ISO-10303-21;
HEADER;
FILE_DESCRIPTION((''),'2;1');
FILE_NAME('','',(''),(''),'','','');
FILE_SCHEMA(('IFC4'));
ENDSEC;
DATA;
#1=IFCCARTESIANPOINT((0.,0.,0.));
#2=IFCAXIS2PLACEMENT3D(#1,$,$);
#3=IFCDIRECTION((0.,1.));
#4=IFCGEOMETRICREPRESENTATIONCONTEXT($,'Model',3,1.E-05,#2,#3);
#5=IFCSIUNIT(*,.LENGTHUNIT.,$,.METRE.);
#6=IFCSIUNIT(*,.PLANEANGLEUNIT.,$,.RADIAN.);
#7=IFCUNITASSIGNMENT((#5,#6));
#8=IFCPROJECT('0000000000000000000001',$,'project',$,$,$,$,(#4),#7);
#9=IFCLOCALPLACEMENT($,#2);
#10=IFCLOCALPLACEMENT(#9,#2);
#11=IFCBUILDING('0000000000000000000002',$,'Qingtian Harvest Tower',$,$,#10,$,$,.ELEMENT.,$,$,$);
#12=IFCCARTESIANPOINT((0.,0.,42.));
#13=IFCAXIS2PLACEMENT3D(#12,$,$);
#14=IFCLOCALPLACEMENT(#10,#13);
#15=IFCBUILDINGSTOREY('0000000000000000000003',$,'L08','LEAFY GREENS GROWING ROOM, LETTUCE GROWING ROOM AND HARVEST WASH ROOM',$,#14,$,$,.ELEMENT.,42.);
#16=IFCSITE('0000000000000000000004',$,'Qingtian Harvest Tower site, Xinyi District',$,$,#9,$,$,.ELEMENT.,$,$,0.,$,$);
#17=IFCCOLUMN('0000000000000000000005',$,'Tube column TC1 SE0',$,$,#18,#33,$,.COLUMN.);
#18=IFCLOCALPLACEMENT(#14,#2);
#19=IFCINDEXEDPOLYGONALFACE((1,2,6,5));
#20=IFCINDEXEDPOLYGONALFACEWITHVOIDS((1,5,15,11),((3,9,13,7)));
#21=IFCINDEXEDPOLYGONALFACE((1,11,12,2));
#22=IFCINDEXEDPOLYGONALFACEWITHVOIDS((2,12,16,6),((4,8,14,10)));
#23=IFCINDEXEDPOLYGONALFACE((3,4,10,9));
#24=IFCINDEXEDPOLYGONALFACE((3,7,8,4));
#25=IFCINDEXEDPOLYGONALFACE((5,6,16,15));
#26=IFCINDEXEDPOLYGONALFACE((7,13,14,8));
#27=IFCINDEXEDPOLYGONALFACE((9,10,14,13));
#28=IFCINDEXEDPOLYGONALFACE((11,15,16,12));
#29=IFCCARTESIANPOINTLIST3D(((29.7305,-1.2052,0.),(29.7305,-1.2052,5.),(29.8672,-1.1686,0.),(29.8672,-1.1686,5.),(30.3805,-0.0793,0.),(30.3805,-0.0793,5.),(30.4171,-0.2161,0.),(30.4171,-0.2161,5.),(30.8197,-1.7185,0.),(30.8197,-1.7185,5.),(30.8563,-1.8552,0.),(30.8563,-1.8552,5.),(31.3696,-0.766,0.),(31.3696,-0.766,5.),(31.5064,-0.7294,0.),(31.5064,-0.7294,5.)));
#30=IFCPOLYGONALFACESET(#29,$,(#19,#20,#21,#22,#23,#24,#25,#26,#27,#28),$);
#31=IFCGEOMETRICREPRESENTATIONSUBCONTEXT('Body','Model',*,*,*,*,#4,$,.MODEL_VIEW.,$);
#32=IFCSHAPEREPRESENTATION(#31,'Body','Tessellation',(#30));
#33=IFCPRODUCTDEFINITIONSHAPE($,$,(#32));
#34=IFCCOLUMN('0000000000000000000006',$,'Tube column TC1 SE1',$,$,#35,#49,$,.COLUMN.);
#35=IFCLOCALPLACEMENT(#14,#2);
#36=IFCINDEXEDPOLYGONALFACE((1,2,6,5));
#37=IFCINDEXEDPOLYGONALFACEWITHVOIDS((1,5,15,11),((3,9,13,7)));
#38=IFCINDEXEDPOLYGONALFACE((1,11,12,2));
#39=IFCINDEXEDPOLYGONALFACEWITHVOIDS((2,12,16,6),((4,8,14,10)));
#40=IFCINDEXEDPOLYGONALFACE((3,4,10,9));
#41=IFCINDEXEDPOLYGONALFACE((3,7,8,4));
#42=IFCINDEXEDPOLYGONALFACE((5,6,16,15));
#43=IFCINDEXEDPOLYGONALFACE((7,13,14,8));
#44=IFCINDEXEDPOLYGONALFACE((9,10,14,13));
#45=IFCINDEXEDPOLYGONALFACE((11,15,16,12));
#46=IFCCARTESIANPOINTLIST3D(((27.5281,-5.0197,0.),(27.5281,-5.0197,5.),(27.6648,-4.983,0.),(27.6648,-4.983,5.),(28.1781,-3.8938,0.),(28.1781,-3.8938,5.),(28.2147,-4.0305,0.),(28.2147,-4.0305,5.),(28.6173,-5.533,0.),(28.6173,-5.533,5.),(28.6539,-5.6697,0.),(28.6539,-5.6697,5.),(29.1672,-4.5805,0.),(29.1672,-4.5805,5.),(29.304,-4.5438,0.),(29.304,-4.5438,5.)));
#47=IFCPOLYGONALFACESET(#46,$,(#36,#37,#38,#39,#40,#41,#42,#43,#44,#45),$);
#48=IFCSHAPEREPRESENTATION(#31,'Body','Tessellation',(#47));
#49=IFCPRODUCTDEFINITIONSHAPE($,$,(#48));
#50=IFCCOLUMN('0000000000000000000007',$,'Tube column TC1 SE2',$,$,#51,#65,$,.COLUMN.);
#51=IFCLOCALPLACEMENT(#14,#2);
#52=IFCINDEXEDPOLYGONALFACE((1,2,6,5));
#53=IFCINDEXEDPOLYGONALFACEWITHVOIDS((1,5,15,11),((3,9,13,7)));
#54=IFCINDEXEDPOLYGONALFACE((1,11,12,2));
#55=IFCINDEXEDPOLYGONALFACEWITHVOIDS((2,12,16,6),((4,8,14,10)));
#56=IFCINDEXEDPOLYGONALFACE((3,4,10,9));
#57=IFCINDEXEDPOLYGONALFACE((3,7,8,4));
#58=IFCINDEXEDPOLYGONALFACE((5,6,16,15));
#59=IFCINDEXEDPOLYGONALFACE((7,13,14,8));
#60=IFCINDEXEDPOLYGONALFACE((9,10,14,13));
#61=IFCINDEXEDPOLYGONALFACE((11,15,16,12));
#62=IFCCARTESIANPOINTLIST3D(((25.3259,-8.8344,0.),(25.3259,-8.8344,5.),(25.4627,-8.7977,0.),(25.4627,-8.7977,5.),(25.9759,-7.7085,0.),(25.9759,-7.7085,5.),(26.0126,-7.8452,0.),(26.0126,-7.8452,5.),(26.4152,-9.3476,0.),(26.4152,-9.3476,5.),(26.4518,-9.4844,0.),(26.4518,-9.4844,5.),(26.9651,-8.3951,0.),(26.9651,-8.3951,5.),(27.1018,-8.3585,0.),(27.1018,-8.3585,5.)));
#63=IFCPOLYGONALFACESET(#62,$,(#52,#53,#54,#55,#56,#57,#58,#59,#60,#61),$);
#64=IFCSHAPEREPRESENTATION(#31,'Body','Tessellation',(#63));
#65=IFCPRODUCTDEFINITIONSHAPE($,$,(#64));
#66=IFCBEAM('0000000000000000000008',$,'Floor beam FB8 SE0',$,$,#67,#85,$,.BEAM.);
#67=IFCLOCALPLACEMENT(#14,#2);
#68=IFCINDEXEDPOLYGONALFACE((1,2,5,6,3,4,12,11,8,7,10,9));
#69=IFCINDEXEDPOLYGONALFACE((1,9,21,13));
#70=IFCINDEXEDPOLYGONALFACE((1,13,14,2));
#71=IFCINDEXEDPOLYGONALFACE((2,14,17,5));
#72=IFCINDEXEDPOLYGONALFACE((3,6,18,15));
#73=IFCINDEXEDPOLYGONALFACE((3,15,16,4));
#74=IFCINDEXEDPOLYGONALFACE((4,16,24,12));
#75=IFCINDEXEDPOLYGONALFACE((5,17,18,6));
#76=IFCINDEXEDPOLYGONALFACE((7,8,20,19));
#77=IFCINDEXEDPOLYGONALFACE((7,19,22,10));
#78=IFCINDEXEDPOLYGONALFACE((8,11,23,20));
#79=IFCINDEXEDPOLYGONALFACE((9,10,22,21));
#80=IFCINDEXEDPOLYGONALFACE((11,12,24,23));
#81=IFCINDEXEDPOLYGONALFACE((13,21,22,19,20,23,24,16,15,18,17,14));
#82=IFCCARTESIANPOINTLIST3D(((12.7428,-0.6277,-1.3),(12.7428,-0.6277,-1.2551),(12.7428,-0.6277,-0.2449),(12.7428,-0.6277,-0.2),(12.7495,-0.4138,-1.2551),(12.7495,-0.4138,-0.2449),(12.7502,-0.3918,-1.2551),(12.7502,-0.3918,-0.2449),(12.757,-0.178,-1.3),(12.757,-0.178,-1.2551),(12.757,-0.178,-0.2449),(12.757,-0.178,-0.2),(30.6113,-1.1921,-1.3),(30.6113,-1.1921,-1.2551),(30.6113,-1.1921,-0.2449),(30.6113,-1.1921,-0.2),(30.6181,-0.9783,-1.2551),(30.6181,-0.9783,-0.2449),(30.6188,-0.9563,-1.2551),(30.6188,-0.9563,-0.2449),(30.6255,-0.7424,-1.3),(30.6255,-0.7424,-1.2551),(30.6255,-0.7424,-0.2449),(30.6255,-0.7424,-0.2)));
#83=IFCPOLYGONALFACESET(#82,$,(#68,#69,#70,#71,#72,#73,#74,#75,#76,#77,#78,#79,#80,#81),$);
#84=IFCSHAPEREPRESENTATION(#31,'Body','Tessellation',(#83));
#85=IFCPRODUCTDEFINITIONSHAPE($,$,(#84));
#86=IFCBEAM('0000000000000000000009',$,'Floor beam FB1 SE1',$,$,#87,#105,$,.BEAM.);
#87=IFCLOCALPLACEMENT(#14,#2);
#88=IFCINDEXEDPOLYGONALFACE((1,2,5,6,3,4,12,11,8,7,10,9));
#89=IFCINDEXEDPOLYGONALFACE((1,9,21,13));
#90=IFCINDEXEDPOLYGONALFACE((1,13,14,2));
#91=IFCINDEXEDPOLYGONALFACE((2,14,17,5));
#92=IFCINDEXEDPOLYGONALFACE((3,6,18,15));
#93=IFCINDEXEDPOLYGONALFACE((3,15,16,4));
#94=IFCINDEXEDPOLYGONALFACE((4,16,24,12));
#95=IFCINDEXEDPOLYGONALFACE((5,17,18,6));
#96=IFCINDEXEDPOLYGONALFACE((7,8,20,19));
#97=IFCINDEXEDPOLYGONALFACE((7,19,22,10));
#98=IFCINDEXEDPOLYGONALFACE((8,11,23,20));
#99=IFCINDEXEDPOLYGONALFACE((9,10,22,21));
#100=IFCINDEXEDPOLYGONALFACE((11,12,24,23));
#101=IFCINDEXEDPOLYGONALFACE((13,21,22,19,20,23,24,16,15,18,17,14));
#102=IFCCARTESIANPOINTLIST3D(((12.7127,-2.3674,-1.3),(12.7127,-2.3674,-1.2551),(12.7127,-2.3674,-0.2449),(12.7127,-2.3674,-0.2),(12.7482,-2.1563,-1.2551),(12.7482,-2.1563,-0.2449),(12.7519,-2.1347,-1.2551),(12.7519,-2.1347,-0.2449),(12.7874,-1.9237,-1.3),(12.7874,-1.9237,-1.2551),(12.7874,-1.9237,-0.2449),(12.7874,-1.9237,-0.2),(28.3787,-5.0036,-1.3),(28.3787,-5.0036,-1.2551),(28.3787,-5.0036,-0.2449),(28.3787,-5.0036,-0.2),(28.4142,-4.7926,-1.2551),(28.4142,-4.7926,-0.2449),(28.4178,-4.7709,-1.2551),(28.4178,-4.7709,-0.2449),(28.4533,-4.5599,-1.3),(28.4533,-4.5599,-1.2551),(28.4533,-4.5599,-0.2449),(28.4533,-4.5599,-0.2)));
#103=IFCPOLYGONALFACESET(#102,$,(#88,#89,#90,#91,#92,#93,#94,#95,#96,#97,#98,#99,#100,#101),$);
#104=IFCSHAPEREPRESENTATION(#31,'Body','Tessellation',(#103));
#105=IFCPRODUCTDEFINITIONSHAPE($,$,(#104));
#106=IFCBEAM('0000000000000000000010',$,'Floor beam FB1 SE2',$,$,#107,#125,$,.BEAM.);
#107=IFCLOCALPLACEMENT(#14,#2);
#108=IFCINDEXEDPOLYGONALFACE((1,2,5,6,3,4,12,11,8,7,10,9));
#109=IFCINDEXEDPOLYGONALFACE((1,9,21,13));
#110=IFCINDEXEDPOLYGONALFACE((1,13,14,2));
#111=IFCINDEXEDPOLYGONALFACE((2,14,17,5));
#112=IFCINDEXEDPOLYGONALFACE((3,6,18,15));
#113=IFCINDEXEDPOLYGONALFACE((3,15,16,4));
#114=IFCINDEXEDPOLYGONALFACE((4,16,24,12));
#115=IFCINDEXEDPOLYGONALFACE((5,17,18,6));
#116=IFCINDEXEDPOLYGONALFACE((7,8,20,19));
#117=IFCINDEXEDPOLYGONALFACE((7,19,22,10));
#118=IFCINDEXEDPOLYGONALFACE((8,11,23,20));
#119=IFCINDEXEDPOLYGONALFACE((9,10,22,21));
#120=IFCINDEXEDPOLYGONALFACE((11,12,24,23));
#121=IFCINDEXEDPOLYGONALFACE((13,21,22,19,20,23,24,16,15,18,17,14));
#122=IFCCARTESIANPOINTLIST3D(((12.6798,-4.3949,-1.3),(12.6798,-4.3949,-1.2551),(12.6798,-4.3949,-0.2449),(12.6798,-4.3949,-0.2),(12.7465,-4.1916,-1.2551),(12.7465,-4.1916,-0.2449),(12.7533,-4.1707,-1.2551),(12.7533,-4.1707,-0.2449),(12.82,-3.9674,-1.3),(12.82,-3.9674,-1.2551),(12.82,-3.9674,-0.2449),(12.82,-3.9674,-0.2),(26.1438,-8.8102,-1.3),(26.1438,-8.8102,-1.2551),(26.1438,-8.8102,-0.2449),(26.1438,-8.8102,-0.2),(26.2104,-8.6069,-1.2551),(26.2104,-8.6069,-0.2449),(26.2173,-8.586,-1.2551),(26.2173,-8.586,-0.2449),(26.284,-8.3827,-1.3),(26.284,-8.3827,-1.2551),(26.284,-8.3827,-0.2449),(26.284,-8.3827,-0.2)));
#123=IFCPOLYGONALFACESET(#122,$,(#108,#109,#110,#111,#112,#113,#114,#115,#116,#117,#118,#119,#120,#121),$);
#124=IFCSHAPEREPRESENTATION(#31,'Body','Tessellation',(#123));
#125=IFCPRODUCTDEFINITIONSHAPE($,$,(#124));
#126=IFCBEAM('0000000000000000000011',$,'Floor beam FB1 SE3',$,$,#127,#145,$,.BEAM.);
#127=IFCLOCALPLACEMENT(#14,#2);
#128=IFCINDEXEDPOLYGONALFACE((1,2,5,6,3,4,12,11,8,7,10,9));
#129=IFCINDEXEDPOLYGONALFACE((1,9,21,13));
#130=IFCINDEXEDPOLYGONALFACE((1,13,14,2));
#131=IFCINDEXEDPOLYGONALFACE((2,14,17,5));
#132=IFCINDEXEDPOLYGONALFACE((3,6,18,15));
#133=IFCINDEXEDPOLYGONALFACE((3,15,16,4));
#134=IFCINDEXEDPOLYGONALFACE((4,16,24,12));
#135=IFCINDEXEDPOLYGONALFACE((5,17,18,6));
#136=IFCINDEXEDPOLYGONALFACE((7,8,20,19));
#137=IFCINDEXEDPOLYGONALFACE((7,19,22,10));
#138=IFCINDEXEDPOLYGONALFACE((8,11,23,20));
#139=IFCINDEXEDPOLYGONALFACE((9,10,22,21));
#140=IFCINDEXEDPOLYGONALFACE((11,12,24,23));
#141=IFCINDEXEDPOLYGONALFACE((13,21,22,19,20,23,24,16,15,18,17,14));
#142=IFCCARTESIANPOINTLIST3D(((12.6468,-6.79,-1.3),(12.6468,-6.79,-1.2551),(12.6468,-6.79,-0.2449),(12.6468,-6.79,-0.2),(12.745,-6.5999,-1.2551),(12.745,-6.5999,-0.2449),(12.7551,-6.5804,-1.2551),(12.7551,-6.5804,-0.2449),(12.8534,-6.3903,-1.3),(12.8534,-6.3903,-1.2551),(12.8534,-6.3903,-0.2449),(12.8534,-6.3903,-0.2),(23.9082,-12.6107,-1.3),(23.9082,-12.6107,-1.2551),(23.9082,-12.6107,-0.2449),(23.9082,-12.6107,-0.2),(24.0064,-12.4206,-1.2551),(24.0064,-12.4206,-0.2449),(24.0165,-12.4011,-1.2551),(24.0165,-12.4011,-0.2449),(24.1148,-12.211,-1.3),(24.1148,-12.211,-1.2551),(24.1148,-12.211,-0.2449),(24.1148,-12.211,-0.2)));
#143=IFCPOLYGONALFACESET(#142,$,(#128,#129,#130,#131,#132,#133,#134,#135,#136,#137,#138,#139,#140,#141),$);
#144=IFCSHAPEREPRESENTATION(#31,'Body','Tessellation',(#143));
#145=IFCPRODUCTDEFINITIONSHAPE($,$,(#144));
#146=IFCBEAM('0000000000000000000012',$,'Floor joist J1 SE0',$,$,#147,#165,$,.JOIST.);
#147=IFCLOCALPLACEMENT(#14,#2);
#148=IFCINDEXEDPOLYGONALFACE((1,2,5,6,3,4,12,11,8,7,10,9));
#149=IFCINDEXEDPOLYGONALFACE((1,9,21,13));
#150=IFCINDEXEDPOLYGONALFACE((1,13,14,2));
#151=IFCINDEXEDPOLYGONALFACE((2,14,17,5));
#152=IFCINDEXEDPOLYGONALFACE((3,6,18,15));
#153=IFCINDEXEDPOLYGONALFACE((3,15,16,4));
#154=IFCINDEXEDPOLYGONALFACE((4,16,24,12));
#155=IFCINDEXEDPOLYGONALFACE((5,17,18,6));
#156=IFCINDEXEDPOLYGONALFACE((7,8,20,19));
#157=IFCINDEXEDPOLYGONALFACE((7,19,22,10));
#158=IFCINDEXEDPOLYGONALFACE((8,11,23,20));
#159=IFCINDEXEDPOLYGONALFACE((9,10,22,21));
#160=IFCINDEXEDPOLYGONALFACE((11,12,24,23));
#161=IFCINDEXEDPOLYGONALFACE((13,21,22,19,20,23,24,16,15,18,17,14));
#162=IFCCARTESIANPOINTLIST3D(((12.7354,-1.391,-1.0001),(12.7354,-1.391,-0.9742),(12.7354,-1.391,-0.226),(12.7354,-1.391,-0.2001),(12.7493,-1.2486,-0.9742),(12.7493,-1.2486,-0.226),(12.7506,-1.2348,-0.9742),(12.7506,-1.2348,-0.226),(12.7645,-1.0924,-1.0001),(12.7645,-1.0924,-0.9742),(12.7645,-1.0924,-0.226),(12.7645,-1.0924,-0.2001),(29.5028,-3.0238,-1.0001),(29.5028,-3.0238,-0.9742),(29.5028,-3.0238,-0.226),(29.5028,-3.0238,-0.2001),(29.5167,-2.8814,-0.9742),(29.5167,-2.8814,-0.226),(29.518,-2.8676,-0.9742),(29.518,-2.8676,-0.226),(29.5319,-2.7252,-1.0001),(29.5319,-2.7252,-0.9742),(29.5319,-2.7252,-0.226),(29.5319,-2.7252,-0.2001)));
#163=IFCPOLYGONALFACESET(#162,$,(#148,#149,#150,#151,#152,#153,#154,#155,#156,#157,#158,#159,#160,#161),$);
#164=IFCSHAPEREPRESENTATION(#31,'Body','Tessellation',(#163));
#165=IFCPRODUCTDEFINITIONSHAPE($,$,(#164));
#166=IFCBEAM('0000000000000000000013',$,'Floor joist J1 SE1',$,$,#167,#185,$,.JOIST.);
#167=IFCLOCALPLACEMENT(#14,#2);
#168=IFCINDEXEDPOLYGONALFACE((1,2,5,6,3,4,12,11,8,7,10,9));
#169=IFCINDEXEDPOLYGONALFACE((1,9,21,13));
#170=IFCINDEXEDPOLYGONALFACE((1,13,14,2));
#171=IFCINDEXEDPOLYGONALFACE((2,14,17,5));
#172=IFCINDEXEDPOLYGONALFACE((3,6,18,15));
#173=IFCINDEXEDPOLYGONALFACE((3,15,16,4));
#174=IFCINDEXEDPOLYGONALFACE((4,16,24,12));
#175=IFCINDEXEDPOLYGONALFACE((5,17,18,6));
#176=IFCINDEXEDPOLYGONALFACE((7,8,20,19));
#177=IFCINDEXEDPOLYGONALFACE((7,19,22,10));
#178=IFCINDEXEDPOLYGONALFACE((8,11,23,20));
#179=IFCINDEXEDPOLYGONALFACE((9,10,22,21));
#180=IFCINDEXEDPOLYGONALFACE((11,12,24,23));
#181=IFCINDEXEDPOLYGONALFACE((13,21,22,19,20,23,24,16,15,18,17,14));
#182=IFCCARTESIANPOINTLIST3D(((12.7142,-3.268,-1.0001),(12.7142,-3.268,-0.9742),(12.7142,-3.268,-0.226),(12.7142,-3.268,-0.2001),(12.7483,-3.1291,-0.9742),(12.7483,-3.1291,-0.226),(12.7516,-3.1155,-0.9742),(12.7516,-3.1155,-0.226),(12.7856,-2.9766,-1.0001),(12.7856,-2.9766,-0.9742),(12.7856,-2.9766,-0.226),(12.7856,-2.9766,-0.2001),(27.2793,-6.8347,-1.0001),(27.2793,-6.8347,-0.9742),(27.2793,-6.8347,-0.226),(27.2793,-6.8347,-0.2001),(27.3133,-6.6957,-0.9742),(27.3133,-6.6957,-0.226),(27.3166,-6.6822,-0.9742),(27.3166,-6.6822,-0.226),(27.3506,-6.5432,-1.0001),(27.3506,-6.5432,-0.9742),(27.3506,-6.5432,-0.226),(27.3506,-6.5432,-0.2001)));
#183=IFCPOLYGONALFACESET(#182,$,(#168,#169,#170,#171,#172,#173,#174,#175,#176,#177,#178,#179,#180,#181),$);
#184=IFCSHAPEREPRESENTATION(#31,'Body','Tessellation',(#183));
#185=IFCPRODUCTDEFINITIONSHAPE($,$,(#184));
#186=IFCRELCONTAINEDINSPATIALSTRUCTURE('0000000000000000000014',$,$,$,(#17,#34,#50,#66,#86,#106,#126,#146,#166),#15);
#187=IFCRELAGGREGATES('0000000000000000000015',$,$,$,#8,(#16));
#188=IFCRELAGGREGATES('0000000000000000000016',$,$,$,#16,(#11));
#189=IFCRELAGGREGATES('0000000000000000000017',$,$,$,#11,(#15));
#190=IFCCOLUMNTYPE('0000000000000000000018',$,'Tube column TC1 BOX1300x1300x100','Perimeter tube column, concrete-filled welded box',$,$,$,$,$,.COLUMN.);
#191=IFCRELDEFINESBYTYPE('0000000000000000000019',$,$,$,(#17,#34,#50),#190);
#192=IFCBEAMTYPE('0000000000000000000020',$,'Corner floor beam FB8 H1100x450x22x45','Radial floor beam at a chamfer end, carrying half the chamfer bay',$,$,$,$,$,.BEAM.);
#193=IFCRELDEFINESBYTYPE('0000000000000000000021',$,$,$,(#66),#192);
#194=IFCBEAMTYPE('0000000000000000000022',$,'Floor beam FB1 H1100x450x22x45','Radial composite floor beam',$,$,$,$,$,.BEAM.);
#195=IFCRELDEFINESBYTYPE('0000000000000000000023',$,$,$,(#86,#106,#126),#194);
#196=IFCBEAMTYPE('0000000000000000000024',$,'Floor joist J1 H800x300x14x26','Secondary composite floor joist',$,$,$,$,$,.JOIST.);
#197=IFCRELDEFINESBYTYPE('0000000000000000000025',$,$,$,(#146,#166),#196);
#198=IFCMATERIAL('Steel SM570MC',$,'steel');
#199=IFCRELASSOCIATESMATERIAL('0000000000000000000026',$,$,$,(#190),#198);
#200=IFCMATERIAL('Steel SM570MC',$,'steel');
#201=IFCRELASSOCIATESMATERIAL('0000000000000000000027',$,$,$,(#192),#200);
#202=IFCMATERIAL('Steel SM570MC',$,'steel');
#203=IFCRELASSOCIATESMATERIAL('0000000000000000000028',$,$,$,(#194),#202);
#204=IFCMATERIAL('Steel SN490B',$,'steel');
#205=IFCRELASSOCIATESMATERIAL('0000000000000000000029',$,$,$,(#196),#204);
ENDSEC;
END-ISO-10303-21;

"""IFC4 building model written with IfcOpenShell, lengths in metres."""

from ifc_helpers import new_model, si_unit, direction, frame, origin, origin_2d, place, context, subcontext, project, spatial, hollow_rectangle, i_section, extrude, material, material_profile, profile_set, type_object, element, save


model = new_model("IFC4")

# Units and contexts
model_context = context("Model", 3, precision=1e-05, world=origin(), true_north=direction((0.0, 1.0)))
body_context = subcontext(model_context, "Body", "Model", "MODEL_VIEW")
ifc_project = project(units=[si_unit("LENGTHUNIT", "METRE"), si_unit("PLANEANGLEUNIT", "RADIAN")], contexts=[model_context])

# Site, building, storey
site_placement = place(None, origin())
site = spatial("IfcSite", under=ifc_project, at=site_placement, Name="Qingtian Harvest Tower site, Xinyi District", CompositionType="ELEMENT", RefElevation=0.0)
building_placement = place(site_placement, origin())
building = spatial("IfcBuilding", under=site, at=building_placement, Name="Qingtian Harvest Tower", CompositionType="ELEMENT")
storey_placement = place(building_placement, frame((0.0, 0.0, 42.0)))
storey = spatial("IfcBuildingStorey", under=building, at=storey_placement, Name="L08", Description="LEAFY GREENS GROWING ROOM, LETTUCE GROWING ROOM AND HARVEST WASH ROOM", CompositionType="ELEMENT", Elevation=42.0)

# Columns
ifc_material_1 = material(Name="Steel SM570MC", Category="steel")
ifc_material_profile_1 = material_profile(ifc_material_1, hollow_rectangle(XDim=1.3, YDim=1.3, WallThickness=0.1001, at=origin_2d()), Name="BOX1300x1300x100")
ifc_profile_set_1 = profile_set([ifc_material_profile_1], Name="Steel SM570MC")
column_type = type_object("IfcColumnType", Name="Tube column TC1 BOX1300x1300x100", Description="Perimeter tube column, concrete-filled welded box", PredefinedType="COLUMN", material=ifc_profile_set_1)
for number, where, z_axis, x_axis, name in (
    (1, (30.6184, -0.9673, 0.0), (0.0, 0.0, 1.0), (0.5, 0.866025, 0.0), "Tube column TC1 SE0"),
    (2, (28.416, -4.7817, 0.0), (0.0, 0.0, 1.0), (0.5, 0.866025, 0.0), "Tube column TC1 SE1"),
    (3, (26.2139, -8.5964, 0.0), (0.0, 0.0, 1.0), (0.5, 0.866025, 0.0), "Tube column TC1 SE2"),
):
    element("IfcColumn", number, at=place(storey_placement, frame(where, z_axis=z_axis, x_axis=x_axis)), inside=storey, type_object=column_type, Name=name, PredefinedType="COLUMN", context=body_context, shape_type="SweptSolid", body=[
        extrude(hollow_rectangle(XDim=1.3, YDim=1.3, WallThickness=0.1001, at=origin_2d()), origin(), (0.0, 0.0, 1.0), 5.0),
    ])

# Beams
ifc_material_2 = material(Name="Steel SM570MC", Category="steel")
ifc_material_profile_2 = material_profile(ifc_material_2, i_section(OverallWidth=0.45, OverallDepth=1.1001, WebThickness=0.022, FlangeThickness=0.0449, at=origin_2d()), Name="H1100x450x22x45")
ifc_profile_set_2 = profile_set([ifc_material_profile_2], Name="Steel SM570MC")
beam_type_1 = type_object("IfcBeamType", Name="Corner floor beam FB8 H1100x450x22x45", Description="Radial floor beam at a chamfer end, carrying half the chamfer bay", PredefinedType="BEAM", material=ifc_profile_set_2)
beam_1_placement = place(storey_placement, frame((30.6184, -0.9673, -0.75), z_axis=(-0.999501, 0.031574, 0.0), x_axis=(-0.031574, -0.999501, 0.0)))
element("IfcBeam", 4, at=beam_1_placement, inside=storey, type_object=beam_type_1, Name="Floor beam FB8 SE0", PredefinedType="BEAM", context=body_context, shape_type="SweptSolid", body=[
    extrude(i_section(OverallWidth=0.45, OverallDepth=1.1001, WebThickness=0.022, FlangeThickness=0.0449, at=origin_2d()), origin(), (0.0, 0.0, 1.0), 17.8774),
])
ifc_material_3 = material(Name="Steel SM570MC", Category="steel")
ifc_material_profile_3 = material_profile(ifc_material_3, i_section(OverallWidth=0.45, OverallDepth=1.1001, WebThickness=0.022, FlangeThickness=0.0449, at=origin_2d()), Name="H1100x450x22x45")
ifc_profile_set_3 = profile_set([ifc_material_profile_3], Name="Steel SM570MC")
beam_type_2 = type_object("IfcBeamType", Name="Floor beam FB1 H1100x450x22x45", Description="Radial composite floor beam", PredefinedType="BEAM", material=ifc_profile_set_3)
beam_2_placement = place(storey_placement, frame((28.416, -4.7817, -0.75), z_axis=(-0.986135, 0.165944, 0.0), x_axis=(-0.165944, -0.986135, 0.0)))
element("IfcBeam", 5, at=beam_2_placement, inside=storey, type_object=beam_type_2, Name="Floor beam FB1 SE1", PredefinedType="BEAM", context=body_context, shape_type="SweptSolid", body=[
    extrude(i_section(OverallWidth=0.45, OverallDepth=1.1001, WebThickness=0.022, FlangeThickness=0.0449, at=origin_2d()), origin(), (0.0, 0.0, 1.0), 15.8862),
])
beam_3_placement = place(storey_placement, frame((26.2139, -8.5964, -0.75), z_axis=(-0.950211, 0.311608, 0.0), x_axis=(-0.311608, -0.950211, 0.0)))
element("IfcBeam", 6, at=beam_3_placement, inside=storey, type_object=beam_type_2, Name="Floor beam FB1 SE2", PredefinedType="BEAM", context=body_context, shape_type="SweptSolid", body=[
    extrude(i_section(OverallWidth=0.45, OverallDepth=1.1001, WebThickness=0.022, FlangeThickness=0.0449, at=origin_2d()), origin(), (0.0, 0.0, 1.0), 14.1694),
])
beam_4_placement = place(storey_placement, frame((24.0115, -12.4109, -0.75), z_axis=(-0.88835, 0.459168, 0.0), x_axis=(-0.459168, -0.88835, 0.0)))
element("IfcBeam", 7, at=beam_4_placement, inside=storey, type_object=beam_type_2, Name="Floor beam FB1 SE3", PredefinedType="BEAM", context=body_context, shape_type="SweptSolid", body=[
    extrude(i_section(OverallWidth=0.45, OverallDepth=1.1001, WebThickness=0.022, FlangeThickness=0.0449, at=origin_2d()), origin(), (0.0, 0.0, 1.0), 12.6768),
])
ifc_material_4 = material(Name="Steel SN490B", Category="steel")
ifc_material_profile_4 = material_profile(ifc_material_4, i_section(OverallWidth=0.3, OverallDepth=0.8, WebThickness=0.0139, FlangeThickness=0.0259, at=origin_2d()), Name="H800x300x14x26")
ifc_profile_set_4 = profile_set([ifc_material_profile_4], Name="Steel SN490B")
beam_type_3 = type_object("IfcBeamType", Name="Floor joist J1 H800x300x14x26", Description="Secondary composite floor joist", PredefinedType="JOIST", material=ifc_profile_set_4)
beam_5_placement = place(storey_placement, frame((29.5173, -2.8745, -0.6001), z_axis=(-0.995292, 0.096922, 0.0), x_axis=(-0.096922, -0.995292, 0.0)))
element("IfcBeam", 8, at=beam_5_placement, inside=storey, type_object=beam_type_3, Name="Floor joist J1 SE0", PredefinedType="JOIST", context=body_context, shape_type="SweptSolid", body=[
    extrude(i_section(OverallWidth=0.3, OverallDepth=0.8, WebThickness=0.0139, FlangeThickness=0.0259, at=origin_2d()), origin(), (0.0, 0.0, 1.0), 16.8467),
])
beam_6_placement = place(storey_placement, frame((27.3149, -6.689, -0.6001), z_axis=(-0.971302, 0.237851, 0.0), x_axis=(-0.237851, -0.971302, 0.0)))
element("IfcBeam", 9, at=beam_6_placement, inside=storey, type_object=beam_type_3, Name="Floor joist J1 SE1", PredefinedType="JOIST", context=body_context, shape_type="SweptSolid", body=[
    extrude(i_section(OverallWidth=0.3, OverallDepth=0.8, WebThickness=0.0139, FlangeThickness=0.0259, at=origin_2d()), origin(), (0.0, 0.0, 1.0), 14.9954),
])

save(model, "model.ifc")
